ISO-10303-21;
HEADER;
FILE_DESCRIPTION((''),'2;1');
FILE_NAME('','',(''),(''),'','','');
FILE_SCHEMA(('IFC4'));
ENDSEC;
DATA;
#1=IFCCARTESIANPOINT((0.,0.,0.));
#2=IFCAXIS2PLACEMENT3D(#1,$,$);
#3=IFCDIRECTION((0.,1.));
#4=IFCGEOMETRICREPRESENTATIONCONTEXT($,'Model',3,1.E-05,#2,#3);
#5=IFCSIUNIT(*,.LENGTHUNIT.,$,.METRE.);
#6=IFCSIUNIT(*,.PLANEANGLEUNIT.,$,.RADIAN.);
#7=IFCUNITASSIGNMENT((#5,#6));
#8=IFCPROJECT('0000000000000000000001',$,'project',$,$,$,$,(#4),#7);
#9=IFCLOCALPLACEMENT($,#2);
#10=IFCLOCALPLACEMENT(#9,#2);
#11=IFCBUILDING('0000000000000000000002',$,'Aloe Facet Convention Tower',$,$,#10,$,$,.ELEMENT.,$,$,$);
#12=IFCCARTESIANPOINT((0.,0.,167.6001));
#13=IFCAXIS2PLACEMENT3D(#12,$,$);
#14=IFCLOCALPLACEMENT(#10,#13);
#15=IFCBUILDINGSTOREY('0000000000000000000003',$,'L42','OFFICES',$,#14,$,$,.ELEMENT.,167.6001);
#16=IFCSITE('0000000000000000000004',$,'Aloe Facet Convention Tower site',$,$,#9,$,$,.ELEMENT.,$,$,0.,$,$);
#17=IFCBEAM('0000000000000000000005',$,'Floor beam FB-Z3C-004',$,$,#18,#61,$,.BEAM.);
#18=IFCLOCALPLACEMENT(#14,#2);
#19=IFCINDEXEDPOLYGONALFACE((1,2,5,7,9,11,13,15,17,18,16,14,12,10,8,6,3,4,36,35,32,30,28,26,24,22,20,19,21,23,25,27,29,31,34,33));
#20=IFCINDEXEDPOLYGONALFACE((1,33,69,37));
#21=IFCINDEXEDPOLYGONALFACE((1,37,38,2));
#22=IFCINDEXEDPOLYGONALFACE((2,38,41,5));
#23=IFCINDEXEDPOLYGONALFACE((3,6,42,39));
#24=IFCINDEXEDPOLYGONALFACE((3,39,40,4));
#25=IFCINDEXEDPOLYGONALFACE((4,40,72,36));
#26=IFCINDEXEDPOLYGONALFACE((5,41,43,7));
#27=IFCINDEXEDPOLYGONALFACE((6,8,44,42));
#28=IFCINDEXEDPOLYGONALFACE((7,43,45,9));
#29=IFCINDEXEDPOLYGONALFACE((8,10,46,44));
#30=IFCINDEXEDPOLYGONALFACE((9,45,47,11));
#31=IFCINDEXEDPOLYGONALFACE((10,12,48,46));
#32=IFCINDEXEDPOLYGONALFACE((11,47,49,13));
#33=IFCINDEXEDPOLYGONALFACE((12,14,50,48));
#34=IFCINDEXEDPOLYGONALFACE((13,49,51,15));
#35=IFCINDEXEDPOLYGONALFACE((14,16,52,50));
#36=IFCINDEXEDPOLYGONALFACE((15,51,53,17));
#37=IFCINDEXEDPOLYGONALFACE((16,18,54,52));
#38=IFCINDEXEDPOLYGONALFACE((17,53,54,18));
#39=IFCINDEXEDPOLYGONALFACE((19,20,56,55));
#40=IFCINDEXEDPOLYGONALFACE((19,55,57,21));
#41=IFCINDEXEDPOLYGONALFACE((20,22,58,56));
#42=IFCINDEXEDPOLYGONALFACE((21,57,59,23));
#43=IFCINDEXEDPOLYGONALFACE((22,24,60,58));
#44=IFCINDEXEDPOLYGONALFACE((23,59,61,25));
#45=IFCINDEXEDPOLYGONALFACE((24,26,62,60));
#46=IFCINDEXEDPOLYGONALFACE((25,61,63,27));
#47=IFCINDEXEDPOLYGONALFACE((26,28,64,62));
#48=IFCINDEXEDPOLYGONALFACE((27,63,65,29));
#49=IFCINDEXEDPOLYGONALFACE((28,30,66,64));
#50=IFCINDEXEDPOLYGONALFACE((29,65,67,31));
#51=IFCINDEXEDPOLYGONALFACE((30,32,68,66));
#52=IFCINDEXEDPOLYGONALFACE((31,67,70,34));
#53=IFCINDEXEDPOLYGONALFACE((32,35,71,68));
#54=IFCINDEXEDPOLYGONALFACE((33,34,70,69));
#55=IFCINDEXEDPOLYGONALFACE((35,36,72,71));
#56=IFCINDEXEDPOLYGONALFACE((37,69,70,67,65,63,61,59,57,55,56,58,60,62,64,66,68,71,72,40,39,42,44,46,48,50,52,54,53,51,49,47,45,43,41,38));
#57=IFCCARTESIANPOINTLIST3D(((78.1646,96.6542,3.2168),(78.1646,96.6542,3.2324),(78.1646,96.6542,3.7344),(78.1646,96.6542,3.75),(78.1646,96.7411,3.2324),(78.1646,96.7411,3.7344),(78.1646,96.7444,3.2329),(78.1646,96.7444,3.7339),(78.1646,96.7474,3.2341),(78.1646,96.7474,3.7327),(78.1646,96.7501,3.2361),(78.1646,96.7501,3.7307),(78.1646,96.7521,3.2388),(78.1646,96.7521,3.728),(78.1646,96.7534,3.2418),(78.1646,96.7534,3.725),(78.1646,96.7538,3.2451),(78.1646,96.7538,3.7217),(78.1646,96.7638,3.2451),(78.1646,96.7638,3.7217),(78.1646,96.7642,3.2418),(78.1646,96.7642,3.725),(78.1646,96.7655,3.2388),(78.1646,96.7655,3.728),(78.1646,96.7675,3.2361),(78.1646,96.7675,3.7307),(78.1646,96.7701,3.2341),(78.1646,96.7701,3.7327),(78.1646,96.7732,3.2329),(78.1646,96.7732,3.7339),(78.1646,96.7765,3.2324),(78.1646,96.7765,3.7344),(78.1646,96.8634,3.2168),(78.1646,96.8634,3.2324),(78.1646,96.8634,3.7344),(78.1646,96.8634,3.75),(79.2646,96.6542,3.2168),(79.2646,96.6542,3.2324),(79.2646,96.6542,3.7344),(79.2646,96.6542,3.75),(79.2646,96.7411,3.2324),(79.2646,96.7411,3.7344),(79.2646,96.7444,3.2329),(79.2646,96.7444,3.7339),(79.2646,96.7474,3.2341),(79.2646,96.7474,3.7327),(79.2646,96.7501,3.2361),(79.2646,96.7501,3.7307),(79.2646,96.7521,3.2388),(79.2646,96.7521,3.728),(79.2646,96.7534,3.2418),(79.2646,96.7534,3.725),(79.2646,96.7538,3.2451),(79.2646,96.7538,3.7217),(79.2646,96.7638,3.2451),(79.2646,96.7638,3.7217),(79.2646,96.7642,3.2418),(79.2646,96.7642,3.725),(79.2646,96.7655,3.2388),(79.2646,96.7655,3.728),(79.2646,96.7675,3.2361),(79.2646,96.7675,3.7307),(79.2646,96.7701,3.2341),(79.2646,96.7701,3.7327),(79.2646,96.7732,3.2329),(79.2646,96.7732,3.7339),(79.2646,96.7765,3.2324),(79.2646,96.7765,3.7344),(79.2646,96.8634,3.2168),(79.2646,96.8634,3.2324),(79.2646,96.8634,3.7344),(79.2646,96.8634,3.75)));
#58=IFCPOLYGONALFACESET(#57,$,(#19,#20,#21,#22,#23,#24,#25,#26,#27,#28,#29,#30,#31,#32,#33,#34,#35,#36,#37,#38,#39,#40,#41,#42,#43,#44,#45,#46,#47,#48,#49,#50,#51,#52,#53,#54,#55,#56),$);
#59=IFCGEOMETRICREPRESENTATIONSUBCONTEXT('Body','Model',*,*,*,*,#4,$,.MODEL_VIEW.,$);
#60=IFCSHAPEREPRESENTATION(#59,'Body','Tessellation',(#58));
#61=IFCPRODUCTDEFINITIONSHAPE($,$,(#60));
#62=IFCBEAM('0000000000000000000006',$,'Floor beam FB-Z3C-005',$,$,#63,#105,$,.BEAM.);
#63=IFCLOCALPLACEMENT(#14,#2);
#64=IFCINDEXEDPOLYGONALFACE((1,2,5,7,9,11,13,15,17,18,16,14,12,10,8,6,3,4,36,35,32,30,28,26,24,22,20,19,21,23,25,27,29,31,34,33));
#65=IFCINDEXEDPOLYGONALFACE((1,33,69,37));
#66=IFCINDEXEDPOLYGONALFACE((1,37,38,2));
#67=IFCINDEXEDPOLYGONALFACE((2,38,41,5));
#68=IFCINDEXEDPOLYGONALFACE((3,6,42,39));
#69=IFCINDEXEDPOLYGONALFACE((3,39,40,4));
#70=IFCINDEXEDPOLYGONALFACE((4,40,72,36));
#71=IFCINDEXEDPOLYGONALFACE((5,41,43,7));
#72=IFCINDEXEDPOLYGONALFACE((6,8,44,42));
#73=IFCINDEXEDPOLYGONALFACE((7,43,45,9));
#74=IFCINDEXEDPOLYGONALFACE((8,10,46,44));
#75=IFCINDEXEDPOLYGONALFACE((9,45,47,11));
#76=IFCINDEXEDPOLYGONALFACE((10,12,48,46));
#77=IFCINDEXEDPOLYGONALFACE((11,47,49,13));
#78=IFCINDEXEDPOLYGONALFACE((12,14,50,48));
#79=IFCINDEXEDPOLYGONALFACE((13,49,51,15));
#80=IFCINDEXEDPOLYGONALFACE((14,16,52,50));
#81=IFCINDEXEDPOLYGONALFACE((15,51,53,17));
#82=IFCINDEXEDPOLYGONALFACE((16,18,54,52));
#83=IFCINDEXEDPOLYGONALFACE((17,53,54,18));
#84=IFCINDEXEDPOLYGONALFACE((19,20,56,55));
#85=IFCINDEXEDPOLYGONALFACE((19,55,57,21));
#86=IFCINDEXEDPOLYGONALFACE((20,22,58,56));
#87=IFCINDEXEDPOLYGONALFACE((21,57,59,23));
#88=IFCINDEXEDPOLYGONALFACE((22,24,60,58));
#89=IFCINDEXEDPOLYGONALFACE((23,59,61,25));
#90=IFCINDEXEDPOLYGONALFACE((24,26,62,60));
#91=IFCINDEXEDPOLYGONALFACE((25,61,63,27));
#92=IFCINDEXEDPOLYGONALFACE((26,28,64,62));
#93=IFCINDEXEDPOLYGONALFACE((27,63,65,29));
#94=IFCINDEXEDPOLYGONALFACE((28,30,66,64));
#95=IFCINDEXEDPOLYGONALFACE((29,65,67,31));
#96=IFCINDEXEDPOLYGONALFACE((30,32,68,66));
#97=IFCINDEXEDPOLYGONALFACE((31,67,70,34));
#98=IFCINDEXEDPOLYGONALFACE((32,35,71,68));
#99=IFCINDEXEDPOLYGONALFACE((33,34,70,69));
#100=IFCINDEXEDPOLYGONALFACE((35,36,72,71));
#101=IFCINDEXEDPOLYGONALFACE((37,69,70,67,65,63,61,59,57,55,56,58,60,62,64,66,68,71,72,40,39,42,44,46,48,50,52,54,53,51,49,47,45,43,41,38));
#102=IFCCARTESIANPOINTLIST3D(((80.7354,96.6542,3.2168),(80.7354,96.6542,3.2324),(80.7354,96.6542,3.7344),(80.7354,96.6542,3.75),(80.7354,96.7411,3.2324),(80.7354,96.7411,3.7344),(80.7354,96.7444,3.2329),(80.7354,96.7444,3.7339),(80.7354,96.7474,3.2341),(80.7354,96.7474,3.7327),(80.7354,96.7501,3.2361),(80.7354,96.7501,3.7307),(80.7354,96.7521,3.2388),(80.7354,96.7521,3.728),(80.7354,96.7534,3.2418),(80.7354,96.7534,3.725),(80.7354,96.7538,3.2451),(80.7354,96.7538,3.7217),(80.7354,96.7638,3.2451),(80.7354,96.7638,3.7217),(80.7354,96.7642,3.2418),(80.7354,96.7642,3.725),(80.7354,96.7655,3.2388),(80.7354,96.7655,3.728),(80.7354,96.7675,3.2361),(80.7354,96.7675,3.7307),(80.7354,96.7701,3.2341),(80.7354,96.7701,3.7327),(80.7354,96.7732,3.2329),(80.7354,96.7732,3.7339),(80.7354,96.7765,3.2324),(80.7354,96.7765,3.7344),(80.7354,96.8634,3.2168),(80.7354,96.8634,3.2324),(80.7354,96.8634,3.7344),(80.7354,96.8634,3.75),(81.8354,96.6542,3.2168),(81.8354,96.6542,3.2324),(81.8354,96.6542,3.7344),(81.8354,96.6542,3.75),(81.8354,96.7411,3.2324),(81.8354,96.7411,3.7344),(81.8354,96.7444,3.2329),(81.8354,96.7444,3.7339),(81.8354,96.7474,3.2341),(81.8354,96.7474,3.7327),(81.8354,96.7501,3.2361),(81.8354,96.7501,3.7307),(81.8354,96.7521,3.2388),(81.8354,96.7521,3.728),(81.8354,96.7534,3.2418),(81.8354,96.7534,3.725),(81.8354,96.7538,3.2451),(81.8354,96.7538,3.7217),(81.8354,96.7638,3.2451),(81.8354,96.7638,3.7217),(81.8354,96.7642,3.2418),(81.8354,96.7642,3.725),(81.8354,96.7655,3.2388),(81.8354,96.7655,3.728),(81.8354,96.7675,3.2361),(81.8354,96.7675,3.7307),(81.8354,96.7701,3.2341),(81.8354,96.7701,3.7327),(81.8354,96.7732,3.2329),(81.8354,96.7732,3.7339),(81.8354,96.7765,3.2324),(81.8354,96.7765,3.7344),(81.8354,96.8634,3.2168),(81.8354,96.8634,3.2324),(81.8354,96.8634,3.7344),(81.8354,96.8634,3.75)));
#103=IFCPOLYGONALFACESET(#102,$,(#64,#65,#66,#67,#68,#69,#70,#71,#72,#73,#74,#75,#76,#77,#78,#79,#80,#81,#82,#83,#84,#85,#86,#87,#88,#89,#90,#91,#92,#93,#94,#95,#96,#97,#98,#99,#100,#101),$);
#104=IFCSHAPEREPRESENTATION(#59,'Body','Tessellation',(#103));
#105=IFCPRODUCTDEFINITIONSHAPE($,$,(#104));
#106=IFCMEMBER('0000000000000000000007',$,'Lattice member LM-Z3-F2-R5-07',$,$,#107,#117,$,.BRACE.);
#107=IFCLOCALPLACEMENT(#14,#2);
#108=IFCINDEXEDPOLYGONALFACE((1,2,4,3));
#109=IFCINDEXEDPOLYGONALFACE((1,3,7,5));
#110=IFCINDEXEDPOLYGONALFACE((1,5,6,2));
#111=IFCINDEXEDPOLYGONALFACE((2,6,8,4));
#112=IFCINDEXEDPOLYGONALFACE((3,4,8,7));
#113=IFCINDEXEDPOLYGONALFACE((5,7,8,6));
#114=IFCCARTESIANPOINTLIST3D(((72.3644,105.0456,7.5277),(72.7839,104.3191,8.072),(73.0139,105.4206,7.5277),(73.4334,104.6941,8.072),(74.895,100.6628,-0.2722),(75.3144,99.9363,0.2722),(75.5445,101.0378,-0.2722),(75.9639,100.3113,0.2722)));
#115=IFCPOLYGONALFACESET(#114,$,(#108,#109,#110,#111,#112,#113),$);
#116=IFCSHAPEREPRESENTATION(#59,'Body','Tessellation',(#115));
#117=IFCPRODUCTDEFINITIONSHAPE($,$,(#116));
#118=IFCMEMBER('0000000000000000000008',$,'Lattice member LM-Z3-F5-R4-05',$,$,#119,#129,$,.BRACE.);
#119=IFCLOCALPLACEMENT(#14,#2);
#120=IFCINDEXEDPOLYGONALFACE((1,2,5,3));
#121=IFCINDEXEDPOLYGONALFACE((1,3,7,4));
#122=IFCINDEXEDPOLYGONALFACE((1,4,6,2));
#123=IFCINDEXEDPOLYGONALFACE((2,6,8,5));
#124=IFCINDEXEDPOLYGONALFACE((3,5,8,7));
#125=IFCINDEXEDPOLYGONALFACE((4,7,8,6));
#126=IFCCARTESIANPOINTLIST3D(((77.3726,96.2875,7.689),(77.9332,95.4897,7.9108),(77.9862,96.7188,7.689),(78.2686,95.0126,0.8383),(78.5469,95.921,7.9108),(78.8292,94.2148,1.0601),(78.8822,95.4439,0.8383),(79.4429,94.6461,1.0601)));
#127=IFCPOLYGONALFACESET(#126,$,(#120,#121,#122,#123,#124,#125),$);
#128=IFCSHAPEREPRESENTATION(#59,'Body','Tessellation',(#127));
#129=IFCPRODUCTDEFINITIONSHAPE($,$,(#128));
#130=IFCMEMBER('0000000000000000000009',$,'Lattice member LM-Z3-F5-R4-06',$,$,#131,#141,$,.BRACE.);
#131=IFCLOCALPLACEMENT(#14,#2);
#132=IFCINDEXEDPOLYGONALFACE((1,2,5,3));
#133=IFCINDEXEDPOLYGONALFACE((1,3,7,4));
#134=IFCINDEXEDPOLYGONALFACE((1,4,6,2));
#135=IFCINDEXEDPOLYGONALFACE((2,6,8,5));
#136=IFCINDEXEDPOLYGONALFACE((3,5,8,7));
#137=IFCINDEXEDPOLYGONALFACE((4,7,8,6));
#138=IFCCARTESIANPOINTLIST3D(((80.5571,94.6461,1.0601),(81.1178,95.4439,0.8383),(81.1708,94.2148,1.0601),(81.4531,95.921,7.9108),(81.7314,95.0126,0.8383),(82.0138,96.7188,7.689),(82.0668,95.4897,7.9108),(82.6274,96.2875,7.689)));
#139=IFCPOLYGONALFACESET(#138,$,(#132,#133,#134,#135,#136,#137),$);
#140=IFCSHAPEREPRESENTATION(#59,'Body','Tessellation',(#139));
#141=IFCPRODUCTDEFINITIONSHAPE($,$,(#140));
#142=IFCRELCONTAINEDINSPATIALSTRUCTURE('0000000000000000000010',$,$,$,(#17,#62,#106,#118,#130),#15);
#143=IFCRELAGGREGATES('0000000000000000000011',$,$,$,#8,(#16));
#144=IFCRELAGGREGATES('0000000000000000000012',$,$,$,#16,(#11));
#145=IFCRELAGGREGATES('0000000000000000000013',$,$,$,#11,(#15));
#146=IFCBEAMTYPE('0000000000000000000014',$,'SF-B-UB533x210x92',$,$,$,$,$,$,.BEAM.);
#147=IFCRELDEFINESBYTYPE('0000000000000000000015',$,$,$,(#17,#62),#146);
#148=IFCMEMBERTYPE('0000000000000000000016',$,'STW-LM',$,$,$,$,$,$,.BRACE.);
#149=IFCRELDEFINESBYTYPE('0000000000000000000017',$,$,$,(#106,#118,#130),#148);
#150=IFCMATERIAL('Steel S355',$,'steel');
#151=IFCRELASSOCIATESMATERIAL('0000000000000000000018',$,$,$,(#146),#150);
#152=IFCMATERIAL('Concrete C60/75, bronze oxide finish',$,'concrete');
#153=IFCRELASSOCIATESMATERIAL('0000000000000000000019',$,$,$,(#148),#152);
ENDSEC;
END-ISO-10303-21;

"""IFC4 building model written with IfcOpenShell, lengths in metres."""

from ifc_helpers import new_model, si_unit, direction, frame, origin, origin_2d, place, context, subcontext, project, spatial, rectangle, i_section, extrude, material, material_profile, profile_set, type_object, element, save


model = new_model("IFC4")

# Units and contexts
model_context = context("Model", 3, precision=1e-05, world=origin(), true_north=direction((0.0, 1.0)))
body_context = subcontext(model_context, "Body", "Model", "MODEL_VIEW")
ifc_project = project(units=[si_unit("LENGTHUNIT", "METRE"), si_unit("PLANEANGLEUNIT", "RADIAN")], contexts=[model_context])

# Site, building, storey
site_placement = place(None, origin())
site = spatial("IfcSite", under=ifc_project, at=site_placement, Name="Aloe Facet Convention Tower site", CompositionType="ELEMENT", RefElevation=0.0)
building_placement = place(site_placement, origin())
building = spatial("IfcBuilding", under=site, at=building_placement, Name="Aloe Facet Convention Tower", CompositionType="ELEMENT")
storey_placement = place(building_placement, frame((0.0, 0.0, 167.6001)))
storey = spatial("IfcBuildingStorey", under=building, at=storey_placement, Name="L42", Description="OFFICES", CompositionType="ELEMENT", Elevation=167.6001)

# Beams
ifc_material_1 = material(Name="Steel S355", Category="steel")
ifc_material_profile_1 = material_profile(ifc_material_1, i_section(OverallWidth=0.2092, OverallDepth=0.5332, WebThickness=0.01, FlangeThickness=0.0156, FilletRadius=0.0127, at=origin_2d()), Name="UB 533x210x92")
ifc_profile_set_1 = profile_set([ifc_material_profile_1], Name="Steel S355")
beam_type_1 = type_object("IfcBeamType", Name="SF-B-UB533x210x92", PredefinedType="BEAM", material=ifc_profile_set_1)
for number, where, z_axis, x_axis, name in (
    (1, (79.2646, 96.7588, 3.4834), (-1.0, 0.0, 0.0), (0.0, -1.0, 0.0), "Floor beam FB-Z3C-004"),
    (2, (81.8354, 96.7588, 3.4834), (-1.0, 0.0, 0.0), (0.0, -1.0, 0.0), "Floor beam FB-Z3C-005"),
):
    element("IfcBeam", number, at=place(storey_placement, frame(where, z_axis=z_axis, x_axis=x_axis)), inside=storey, type_object=beam_type_1, Name=name, PredefinedType="BEAM", context=body_context, shape_type="SweptSolid", body=[
        extrude(i_section(OverallWidth=0.2092, OverallDepth=0.5332, WebThickness=0.01, FlangeThickness=0.0156, FilletRadius=0.0127, at=origin_2d()), origin(), (0.0, 0.0, 1.0), 1.1001),
    ])

# Members
ifc_material_2 = material(Name="Concrete C60/75, bronze oxide finish", Category="concrete")
ifc_material_profile_2 = material_profile(ifc_material_2, rectangle(XDim=0.75, YDim=1.0, at=origin_2d()), Name="STW-LM")
ifc_profile_set_2 = profile_set([ifc_material_profile_2], Name="Concrete C60/75, bronze oxide finish")
member_type = type_object("IfcMemberType", Name="STW-LM", PredefinedType="BRACE", material=ifc_profile_set_2)
member_placement = place(storey_placement, frame((75.4294, 100.4871, 0.0), z_axis=(-0.272162, 0.47138, 0.838885), x_axis=(-0.866017, -0.500015, 0.0)))
element("IfcMember", 3, at=member_placement, inside=storey, type_object=member_type, Name="Lattice member LM-Z3-F2-R5-07", PredefinedType="BRACE", context=body_context, shape_type="SweptSolid", body=[
    extrude(rectangle(XDim=0.75, YDim=1.0, at=origin_2d()), origin(), (0.0, 0.0, 1.0), 9.2979),
])
for number, where, z_axis, x_axis, name in (
    (4, (78.8557, 94.8293, 0.9492), (-0.127533, 0.181466, 0.975092), (-0.818156, -0.574997, 0.0), "Lattice member LM-Z3-F5-R4-05"),
    (5, (81.1443, 94.8293, 0.9492), (0.127533, 0.181466, 0.975092), (-0.818156, 0.574997, 0.0), "Lattice member LM-Z3-F5-R4-06"),
):
    element("IfcMember", number, at=place(storey_placement, frame(where, z_axis=z_axis, x_axis=x_axis)), inside=storey, type_object=member_type, Name=name, PredefinedType="BRACE", context=body_context, shape_type="SweptSolid", body=[
        extrude(rectangle(XDim=0.75, YDim=1.0, at=origin_2d()), origin(), (0.0, 0.0, 1.0), 7.0256),
    ])

save(model, "model.ifc")
